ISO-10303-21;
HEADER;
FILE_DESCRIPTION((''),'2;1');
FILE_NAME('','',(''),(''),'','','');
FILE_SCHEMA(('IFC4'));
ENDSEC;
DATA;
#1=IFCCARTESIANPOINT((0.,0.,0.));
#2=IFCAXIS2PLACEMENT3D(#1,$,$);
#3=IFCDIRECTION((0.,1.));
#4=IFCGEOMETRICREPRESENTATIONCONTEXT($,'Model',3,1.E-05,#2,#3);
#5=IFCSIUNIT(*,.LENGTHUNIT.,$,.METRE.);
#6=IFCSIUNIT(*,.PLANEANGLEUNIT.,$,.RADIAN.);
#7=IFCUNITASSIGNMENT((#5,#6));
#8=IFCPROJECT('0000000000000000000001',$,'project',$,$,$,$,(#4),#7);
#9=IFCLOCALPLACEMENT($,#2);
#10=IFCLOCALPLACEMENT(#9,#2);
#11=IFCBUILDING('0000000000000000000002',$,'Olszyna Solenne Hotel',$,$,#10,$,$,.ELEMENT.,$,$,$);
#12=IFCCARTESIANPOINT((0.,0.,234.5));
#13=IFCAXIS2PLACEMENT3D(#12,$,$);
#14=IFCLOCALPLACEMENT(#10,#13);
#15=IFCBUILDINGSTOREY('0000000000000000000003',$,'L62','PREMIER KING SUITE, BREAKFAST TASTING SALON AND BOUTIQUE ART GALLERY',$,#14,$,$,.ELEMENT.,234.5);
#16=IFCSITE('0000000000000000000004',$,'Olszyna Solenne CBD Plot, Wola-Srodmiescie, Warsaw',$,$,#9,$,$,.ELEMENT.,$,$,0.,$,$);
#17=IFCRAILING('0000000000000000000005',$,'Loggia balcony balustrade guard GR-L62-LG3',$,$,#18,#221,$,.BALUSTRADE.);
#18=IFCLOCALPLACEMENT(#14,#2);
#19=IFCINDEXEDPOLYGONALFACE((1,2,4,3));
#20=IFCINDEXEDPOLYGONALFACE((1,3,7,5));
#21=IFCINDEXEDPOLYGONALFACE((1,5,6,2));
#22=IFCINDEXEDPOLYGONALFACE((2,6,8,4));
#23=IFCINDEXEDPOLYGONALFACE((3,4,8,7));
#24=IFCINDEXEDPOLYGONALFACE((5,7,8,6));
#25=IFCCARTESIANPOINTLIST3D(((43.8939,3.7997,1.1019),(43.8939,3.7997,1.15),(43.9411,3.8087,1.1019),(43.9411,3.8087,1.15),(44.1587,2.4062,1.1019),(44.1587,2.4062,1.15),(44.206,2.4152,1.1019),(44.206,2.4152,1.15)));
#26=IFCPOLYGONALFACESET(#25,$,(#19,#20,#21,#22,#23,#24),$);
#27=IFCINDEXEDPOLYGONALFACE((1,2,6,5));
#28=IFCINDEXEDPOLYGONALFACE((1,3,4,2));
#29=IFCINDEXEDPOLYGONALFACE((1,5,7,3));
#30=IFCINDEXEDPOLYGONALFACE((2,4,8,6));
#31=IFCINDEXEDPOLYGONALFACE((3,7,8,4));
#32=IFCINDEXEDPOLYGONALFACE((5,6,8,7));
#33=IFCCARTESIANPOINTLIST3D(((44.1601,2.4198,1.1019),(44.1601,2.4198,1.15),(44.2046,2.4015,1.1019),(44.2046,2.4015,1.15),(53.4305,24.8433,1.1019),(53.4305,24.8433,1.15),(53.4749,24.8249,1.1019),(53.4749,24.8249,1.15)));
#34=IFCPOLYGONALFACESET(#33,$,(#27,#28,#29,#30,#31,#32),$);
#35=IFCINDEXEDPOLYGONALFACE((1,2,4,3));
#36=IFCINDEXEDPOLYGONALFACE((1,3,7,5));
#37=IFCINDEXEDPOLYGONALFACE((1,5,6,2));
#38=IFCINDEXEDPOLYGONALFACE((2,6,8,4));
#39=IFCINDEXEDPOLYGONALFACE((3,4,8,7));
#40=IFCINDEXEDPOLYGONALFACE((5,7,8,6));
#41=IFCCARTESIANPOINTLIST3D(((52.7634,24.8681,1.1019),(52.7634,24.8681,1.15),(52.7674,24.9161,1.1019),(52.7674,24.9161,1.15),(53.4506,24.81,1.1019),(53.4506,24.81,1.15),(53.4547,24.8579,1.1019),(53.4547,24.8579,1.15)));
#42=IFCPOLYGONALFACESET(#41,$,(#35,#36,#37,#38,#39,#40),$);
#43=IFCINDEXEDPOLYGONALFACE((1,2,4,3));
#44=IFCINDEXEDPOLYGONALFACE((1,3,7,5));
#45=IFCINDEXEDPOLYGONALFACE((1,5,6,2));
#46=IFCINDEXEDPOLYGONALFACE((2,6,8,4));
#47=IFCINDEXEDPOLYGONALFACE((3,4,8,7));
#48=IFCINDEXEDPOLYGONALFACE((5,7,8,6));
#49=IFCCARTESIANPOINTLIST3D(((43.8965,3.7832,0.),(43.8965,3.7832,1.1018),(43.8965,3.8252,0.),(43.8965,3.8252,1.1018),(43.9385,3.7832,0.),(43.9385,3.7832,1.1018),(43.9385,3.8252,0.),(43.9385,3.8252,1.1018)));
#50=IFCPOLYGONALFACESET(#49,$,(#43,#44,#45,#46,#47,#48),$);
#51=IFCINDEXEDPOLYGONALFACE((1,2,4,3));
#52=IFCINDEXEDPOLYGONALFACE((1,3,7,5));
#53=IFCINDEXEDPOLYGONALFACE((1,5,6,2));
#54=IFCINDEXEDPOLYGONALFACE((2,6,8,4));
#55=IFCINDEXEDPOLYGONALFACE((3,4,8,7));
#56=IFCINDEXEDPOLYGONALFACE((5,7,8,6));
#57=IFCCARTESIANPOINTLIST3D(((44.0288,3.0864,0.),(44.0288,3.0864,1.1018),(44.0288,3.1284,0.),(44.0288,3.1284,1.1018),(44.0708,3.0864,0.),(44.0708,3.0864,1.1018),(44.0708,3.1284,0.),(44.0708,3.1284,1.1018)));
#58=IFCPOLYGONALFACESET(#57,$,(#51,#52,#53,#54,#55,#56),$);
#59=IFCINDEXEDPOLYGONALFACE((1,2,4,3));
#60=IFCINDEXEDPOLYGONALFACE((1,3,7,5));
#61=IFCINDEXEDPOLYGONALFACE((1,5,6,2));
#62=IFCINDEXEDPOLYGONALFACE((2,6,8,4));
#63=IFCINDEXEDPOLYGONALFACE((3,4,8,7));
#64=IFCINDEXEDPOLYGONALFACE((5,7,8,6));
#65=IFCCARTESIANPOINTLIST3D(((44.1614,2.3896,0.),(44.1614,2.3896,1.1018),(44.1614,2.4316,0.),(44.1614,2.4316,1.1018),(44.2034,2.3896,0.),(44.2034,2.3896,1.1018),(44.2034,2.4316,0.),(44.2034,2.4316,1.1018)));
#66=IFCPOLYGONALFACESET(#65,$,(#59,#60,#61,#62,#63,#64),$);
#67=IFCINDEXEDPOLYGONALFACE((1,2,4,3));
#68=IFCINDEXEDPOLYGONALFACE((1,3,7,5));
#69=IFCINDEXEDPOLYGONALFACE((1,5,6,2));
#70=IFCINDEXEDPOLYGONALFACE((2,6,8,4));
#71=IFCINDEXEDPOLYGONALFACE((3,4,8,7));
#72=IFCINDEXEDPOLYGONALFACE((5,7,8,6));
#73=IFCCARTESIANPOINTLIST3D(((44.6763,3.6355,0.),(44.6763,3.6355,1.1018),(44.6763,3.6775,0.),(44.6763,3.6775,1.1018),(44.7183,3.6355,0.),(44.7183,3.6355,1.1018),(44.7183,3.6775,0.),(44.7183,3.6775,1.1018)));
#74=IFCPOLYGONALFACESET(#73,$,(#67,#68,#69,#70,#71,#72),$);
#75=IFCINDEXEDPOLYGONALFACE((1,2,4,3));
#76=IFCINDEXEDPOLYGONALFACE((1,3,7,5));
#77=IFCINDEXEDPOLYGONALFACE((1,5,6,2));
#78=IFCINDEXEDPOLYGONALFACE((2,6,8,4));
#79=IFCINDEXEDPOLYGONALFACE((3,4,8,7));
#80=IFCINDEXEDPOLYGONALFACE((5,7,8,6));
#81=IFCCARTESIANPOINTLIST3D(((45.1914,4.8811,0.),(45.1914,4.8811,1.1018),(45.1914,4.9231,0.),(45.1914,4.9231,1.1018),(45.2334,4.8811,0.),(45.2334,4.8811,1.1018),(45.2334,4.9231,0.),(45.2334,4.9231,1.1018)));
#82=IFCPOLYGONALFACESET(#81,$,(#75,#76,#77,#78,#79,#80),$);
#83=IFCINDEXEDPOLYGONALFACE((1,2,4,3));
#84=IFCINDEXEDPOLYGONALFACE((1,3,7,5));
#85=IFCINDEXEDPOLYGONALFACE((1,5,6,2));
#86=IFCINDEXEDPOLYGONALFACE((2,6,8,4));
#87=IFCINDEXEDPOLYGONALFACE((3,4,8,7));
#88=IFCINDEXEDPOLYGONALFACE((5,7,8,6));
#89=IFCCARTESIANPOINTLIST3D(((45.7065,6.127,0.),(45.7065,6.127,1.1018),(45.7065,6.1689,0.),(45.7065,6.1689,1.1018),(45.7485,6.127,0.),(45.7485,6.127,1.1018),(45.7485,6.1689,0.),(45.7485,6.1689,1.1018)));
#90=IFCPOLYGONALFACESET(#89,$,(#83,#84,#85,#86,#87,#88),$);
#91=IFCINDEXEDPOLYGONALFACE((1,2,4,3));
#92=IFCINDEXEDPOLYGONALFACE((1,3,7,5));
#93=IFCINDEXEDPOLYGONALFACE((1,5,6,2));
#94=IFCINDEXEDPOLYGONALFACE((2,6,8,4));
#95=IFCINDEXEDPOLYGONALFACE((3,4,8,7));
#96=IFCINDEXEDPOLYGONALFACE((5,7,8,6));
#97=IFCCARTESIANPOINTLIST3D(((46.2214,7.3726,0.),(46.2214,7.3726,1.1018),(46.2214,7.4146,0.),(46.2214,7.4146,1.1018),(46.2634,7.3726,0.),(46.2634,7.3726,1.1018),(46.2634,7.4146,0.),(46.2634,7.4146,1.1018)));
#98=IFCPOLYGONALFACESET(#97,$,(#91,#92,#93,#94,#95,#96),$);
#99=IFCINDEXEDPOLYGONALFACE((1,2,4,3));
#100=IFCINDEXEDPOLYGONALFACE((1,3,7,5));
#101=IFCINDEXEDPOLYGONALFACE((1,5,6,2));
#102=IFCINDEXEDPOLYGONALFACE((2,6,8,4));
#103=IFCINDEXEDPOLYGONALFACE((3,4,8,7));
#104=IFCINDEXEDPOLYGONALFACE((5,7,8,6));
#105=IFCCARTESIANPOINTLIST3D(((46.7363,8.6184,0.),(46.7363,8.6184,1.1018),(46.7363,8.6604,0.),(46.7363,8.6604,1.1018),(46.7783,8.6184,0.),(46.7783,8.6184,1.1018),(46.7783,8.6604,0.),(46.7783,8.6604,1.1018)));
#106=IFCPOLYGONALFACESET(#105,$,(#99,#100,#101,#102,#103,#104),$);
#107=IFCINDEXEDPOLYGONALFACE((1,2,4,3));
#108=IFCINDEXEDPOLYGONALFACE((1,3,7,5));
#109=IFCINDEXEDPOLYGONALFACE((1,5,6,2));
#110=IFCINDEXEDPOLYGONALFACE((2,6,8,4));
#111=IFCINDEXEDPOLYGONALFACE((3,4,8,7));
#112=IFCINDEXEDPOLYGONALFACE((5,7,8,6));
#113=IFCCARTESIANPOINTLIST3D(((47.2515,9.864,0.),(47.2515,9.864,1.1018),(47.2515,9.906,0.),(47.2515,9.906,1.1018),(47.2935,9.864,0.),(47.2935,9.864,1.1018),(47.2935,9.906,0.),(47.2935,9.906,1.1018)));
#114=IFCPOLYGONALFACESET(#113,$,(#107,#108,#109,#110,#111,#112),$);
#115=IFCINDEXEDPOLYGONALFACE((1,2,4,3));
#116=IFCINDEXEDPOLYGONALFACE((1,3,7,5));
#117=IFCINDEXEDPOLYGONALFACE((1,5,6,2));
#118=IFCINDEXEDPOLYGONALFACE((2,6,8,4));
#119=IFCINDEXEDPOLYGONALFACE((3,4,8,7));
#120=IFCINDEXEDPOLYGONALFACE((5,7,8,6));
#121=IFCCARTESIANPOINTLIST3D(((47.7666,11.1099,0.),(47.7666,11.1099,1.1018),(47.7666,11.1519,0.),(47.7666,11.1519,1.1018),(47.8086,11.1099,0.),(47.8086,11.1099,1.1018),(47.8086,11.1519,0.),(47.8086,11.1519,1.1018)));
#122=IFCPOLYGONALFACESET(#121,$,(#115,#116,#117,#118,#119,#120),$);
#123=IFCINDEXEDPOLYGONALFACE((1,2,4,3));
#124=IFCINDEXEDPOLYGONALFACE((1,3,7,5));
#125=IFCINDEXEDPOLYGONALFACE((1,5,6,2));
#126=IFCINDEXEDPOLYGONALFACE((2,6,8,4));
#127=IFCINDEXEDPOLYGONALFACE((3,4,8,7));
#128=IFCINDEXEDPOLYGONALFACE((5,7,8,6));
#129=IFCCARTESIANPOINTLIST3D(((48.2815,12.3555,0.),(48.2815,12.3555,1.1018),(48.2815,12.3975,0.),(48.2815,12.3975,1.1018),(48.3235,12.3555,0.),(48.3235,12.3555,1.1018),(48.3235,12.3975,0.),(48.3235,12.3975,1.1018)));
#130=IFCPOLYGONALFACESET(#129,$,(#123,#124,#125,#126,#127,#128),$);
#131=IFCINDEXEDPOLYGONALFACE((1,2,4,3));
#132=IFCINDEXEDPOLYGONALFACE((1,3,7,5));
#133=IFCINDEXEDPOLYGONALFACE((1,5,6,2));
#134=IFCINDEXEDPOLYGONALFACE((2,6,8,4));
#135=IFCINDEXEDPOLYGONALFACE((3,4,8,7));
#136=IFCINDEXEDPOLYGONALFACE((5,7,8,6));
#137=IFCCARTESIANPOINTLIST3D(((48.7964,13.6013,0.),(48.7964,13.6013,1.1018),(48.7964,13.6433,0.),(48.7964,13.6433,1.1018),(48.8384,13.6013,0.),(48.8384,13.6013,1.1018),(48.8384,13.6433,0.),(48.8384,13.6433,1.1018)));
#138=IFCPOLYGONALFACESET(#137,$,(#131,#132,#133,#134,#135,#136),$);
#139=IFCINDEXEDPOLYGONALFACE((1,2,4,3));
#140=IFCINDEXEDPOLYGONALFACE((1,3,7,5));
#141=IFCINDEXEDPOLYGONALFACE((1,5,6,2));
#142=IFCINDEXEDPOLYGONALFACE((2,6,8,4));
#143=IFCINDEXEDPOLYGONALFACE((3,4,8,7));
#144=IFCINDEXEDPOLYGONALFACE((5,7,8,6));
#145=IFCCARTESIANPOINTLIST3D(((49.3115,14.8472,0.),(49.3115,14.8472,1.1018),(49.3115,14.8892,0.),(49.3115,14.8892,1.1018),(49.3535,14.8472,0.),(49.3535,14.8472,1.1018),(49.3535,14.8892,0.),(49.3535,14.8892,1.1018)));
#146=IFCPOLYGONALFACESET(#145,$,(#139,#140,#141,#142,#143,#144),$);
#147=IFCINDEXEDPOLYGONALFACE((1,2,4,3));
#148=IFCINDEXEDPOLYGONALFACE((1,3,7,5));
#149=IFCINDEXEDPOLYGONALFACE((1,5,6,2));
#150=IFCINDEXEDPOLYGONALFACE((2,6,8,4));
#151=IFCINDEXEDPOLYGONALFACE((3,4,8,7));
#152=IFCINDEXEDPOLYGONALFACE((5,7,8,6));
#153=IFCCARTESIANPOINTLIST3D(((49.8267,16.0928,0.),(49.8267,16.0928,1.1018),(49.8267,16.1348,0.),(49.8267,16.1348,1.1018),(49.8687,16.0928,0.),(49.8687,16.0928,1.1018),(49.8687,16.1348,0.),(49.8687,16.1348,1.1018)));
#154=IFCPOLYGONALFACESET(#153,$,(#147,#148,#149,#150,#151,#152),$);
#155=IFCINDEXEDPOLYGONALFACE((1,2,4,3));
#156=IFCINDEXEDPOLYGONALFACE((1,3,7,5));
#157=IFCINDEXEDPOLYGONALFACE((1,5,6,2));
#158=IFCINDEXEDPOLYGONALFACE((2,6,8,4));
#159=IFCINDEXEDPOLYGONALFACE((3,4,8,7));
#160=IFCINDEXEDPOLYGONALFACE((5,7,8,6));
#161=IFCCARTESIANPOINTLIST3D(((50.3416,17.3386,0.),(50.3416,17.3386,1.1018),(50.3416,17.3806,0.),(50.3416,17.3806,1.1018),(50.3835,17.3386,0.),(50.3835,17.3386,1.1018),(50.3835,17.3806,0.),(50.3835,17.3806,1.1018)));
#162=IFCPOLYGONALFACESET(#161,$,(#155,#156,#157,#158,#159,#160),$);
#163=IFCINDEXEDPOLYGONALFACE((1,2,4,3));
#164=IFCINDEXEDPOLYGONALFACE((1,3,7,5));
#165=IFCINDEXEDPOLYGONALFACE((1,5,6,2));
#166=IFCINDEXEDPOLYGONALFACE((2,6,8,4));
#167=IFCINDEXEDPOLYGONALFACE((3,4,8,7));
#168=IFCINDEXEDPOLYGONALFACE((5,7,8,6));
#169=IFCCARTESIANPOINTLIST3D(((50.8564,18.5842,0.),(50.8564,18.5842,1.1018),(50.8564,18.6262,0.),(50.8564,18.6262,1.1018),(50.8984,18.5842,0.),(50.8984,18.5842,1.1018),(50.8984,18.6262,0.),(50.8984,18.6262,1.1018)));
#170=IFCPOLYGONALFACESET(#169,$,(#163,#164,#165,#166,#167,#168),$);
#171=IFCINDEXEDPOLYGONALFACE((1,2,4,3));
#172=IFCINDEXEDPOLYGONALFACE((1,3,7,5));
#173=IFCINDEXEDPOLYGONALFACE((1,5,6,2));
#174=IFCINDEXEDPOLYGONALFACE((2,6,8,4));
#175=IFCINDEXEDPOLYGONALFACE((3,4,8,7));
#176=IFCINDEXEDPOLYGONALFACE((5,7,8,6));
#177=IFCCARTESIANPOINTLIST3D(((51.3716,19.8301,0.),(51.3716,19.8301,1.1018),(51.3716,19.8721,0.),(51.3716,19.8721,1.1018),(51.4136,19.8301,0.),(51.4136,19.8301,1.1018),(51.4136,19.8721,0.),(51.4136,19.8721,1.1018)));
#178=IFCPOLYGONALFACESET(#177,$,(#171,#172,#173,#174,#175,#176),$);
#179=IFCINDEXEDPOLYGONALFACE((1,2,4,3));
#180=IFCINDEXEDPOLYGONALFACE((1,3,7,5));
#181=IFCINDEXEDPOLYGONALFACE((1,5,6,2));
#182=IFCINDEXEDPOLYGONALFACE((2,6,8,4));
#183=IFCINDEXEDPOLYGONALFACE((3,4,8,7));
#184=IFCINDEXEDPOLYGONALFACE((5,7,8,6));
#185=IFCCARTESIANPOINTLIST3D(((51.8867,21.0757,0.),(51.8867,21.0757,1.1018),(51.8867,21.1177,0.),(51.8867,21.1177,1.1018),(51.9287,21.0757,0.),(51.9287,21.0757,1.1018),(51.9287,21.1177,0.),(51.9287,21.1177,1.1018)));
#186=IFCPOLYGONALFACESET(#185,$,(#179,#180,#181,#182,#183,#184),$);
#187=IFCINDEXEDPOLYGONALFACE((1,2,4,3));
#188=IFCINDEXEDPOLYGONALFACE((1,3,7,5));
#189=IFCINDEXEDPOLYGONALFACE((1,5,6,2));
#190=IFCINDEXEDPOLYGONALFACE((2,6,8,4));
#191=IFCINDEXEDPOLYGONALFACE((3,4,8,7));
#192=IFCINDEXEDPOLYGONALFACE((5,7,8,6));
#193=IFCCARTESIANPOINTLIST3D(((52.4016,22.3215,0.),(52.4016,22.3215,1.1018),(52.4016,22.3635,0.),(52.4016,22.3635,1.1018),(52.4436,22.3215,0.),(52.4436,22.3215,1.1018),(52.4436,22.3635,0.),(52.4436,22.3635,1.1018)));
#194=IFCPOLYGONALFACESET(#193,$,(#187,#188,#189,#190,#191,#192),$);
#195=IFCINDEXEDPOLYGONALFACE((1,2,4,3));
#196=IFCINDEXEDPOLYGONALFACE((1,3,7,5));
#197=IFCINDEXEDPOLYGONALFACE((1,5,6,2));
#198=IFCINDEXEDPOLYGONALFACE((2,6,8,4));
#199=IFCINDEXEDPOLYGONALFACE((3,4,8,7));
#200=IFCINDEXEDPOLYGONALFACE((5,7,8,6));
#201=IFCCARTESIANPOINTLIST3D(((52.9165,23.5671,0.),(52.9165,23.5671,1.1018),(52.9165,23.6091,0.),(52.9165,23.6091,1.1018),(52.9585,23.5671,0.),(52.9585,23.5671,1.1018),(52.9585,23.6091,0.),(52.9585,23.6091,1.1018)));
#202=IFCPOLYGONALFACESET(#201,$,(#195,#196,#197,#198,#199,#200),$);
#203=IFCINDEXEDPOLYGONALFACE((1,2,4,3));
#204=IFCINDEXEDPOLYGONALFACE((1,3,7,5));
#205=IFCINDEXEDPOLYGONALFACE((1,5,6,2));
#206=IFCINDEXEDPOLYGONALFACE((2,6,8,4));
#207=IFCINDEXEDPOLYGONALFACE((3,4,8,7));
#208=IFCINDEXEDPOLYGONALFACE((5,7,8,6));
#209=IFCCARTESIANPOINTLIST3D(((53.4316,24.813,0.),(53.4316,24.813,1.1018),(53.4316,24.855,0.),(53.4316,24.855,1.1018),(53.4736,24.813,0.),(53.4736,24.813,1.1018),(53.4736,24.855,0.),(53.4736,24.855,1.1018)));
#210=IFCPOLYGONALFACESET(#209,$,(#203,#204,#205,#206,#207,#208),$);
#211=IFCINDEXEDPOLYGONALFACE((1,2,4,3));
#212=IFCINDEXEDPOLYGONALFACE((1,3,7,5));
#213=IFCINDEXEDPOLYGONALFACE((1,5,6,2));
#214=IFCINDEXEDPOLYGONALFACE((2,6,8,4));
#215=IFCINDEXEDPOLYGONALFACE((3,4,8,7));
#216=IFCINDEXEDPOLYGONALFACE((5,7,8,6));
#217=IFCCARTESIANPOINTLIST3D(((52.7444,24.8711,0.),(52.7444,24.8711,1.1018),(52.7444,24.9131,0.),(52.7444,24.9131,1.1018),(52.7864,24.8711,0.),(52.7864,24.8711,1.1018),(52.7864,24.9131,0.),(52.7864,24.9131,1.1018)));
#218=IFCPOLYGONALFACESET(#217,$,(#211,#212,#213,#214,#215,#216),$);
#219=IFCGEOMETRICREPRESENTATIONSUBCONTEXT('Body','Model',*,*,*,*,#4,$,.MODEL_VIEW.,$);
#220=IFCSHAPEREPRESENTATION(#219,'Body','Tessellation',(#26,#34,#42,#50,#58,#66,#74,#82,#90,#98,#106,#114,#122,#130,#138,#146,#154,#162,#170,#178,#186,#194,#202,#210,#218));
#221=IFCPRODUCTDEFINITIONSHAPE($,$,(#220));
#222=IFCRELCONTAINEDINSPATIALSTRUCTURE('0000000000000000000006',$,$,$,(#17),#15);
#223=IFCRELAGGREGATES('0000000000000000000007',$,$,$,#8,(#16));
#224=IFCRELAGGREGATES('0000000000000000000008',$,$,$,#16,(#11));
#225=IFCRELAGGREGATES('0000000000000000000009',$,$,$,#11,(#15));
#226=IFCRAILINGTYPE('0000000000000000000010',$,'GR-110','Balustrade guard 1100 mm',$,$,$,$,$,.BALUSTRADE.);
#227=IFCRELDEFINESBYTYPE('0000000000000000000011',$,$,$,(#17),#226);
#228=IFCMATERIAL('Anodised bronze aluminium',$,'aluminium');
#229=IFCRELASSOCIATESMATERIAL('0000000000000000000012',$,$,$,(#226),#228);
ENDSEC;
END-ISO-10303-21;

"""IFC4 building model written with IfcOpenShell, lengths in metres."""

from ifc_helpers import new_model, si_unit, direction, frame, origin, origin_2d, place, context, subcontext, project, spatial, rectangle, extrude, material, type_object, element, save


model = new_model("IFC4")

# Units and contexts
model_context = context("Model", 3, precision=1e-05, world=origin(), true_north=direction((0.0, 1.0)))
body_context = subcontext(model_context, "Body", "Model", "MODEL_VIEW")
ifc_project = project(units=[si_unit("LENGTHUNIT", "METRE"), si_unit("PLANEANGLEUNIT", "RADIAN")], contexts=[model_context])

# Site, building, storey
site_placement = place(None, origin())
site = spatial("IfcSite", under=ifc_project, at=site_placement, Name="Olszyna Solenne CBD Plot, Wola-Srodmiescie, Warsaw", CompositionType="ELEMENT", RefElevation=0.0)
building_placement = place(site_placement, origin())
building = spatial("IfcBuilding", under=site, at=building_placement, Name="Olszyna Solenne Hotel", CompositionType="ELEMENT")
storey_placement = place(building_placement, frame((0.0, 0.0, 234.5)))
storey = spatial("IfcBuildingStorey", under=building, at=storey_placement, Name="L62", Description="PREMIER KING SUITE, BREAKFAST TASTING SALON AND BOUTIQUE ART GALLERY", CompositionType="ELEMENT", Elevation=234.5)

# Shared definitions
ifc_material_1 = material(Name="Anodised bronze aluminium", Category="aluminium")

# Railing
railing_type = type_object("IfcRailingType", Name="GR-110", Description="Balustrade guard 1100 mm", PredefinedType="BALUSTRADE", material=ifc_material_1)
railing_1_placement = place(storey_placement, frame((43.9175, 3.8042, 0.0)))
element("IfcRailing", 1, at=railing_1_placement, inside=storey, type_object=railing_type, Name="Loggia balcony balustrade guard GR-L62-LG3", PredefinedType="BALUSTRADE", context=body_context, shape_type="SweptSolid", body=[
    extrude(rectangle(XDim=0.0481, YDim=0.0481, at=origin_2d()), frame((0.0, 0.0, 1.126), z_axis=(0.18674, -0.982409, 0.0), x_axis=(0.982409, 0.18674, 0.0)), (0.0, 0.0, 1.0), 1.4185),
    extrude(rectangle(XDim=0.0481, YDim=0.0481, at=origin_2d()), frame((0.2649, -1.3936, 1.126), z_axis=(0.382058, 0.924139, 0.0), x_axis=(-0.924139, 0.382058, 0.0)), (0.0, 0.0, 1.0), 24.2642),
    extrude(rectangle(XDim=0.0481, YDim=0.0481, at=origin_2d()), frame((9.5352, 21.0298, 1.126), z_axis=(-0.996445, 0.084246, 0.0), x_axis=(-0.084246, -0.996445, 0.0)), (0.0, 0.0, 1.0), 0.6897),
    extrude(rectangle(XDim=0.042, YDim=0.042, at=origin_2d()), origin(), (0.0, 0.0, 1.0), 1.1018),
    extrude(rectangle(XDim=0.042, YDim=0.042, at=origin_2d()), frame((0.1323, -0.6968, 0.0)), (0.0, 0.0, 1.0), 1.1018),
    extrude(rectangle(XDim=0.042, YDim=0.042, at=origin_2d()), frame((0.2649, -1.3936, 0.0)), (0.0, 0.0, 1.0), 1.1018),
    extrude(rectangle(XDim=0.042, YDim=0.042, at=origin_2d()), frame((0.7798, -0.1477, 0.0)), (0.0, 0.0, 1.0), 1.1018),
    extrude(rectangle(XDim=0.042, YDim=0.042, at=origin_2d()), frame((1.2949, 1.0979, 0.0)), (0.0, 0.0, 1.0), 1.1018),
    extrude(rectangle(XDim=0.042, YDim=0.042, at=origin_2d()), frame((1.8101, 2.3438, 0.0)), (0.0, 0.0, 1.0), 1.1018),
    extrude(rectangle(XDim=0.042, YDim=0.042, at=origin_2d()), frame((2.325, 3.5894, 0.0)), (0.0, 0.0, 1.0), 1.1018),
    extrude(rectangle(XDim=0.042, YDim=0.042, at=origin_2d()), frame((2.8398, 4.8352, 0.0)), (0.0, 0.0, 1.0), 1.1018),
    extrude(rectangle(XDim=0.042, YDim=0.042, at=origin_2d()), frame((3.355, 6.0808, 0.0)), (0.0, 0.0, 1.0), 1.1018),
    extrude(rectangle(XDim=0.042, YDim=0.042, at=origin_2d()), frame((3.8701, 7.3267, 0.0)), (0.0, 0.0, 1.0), 1.1018),
    extrude(rectangle(XDim=0.042, YDim=0.042, at=origin_2d()), frame((4.385, 8.5723, 0.0)), (0.0, 0.0, 1.0), 1.1018),
    extrude(rectangle(XDim=0.042, YDim=0.042, at=origin_2d()), frame((4.8999, 9.8181, 0.0)), (0.0, 0.0, 1.0), 1.1018),
    extrude(rectangle(XDim=0.042, YDim=0.042, at=origin_2d()), frame((5.415, 11.064, 0.0)), (0.0, 0.0, 1.0), 1.1018),
    extrude(rectangle(XDim=0.042, YDim=0.042, at=origin_2d()), frame((5.9302, 12.3096, 0.0)), (0.0, 0.0, 1.0), 1.1018),
    extrude(rectangle(XDim=0.042, YDim=0.042, at=origin_2d()), frame((6.4451, 13.5554, 0.0)), (0.0, 0.0, 1.0), 1.1018),
    extrude(rectangle(XDim=0.042, YDim=0.042, at=origin_2d()), frame((6.96, 14.801, 0.0)), (0.0, 0.0, 1.0), 1.1018),
    extrude(rectangle(XDim=0.042, YDim=0.042, at=origin_2d()), frame((7.4751, 16.0469, 0.0)), (0.0, 0.0, 1.0), 1.1018),
    extrude(rectangle(XDim=0.042, YDim=0.042, at=origin_2d()), frame((7.9902, 17.2925, 0.0)), (0.0, 0.0, 1.0), 1.1018),
    extrude(rectangle(XDim=0.042, YDim=0.042, at=origin_2d()), frame((8.5051, 18.5383, 0.0)), (0.0, 0.0, 1.0), 1.1018),
    extrude(rectangle(XDim=0.042, YDim=0.042, at=origin_2d()), frame((9.02, 19.7839, 0.0)), (0.0, 0.0, 1.0), 1.1018),
    extrude(rectangle(XDim=0.042, YDim=0.042, at=origin_2d()), frame((9.5352, 21.0298, 0.0)), (0.0, 0.0, 1.0), 1.1018),
    extrude(rectangle(XDim=0.042, YDim=0.042, at=origin_2d()), frame((8.8479, 21.0879, 0.0)), (0.0, 0.0, 1.0), 1.1018),
])

save(model, "model.ifc")
